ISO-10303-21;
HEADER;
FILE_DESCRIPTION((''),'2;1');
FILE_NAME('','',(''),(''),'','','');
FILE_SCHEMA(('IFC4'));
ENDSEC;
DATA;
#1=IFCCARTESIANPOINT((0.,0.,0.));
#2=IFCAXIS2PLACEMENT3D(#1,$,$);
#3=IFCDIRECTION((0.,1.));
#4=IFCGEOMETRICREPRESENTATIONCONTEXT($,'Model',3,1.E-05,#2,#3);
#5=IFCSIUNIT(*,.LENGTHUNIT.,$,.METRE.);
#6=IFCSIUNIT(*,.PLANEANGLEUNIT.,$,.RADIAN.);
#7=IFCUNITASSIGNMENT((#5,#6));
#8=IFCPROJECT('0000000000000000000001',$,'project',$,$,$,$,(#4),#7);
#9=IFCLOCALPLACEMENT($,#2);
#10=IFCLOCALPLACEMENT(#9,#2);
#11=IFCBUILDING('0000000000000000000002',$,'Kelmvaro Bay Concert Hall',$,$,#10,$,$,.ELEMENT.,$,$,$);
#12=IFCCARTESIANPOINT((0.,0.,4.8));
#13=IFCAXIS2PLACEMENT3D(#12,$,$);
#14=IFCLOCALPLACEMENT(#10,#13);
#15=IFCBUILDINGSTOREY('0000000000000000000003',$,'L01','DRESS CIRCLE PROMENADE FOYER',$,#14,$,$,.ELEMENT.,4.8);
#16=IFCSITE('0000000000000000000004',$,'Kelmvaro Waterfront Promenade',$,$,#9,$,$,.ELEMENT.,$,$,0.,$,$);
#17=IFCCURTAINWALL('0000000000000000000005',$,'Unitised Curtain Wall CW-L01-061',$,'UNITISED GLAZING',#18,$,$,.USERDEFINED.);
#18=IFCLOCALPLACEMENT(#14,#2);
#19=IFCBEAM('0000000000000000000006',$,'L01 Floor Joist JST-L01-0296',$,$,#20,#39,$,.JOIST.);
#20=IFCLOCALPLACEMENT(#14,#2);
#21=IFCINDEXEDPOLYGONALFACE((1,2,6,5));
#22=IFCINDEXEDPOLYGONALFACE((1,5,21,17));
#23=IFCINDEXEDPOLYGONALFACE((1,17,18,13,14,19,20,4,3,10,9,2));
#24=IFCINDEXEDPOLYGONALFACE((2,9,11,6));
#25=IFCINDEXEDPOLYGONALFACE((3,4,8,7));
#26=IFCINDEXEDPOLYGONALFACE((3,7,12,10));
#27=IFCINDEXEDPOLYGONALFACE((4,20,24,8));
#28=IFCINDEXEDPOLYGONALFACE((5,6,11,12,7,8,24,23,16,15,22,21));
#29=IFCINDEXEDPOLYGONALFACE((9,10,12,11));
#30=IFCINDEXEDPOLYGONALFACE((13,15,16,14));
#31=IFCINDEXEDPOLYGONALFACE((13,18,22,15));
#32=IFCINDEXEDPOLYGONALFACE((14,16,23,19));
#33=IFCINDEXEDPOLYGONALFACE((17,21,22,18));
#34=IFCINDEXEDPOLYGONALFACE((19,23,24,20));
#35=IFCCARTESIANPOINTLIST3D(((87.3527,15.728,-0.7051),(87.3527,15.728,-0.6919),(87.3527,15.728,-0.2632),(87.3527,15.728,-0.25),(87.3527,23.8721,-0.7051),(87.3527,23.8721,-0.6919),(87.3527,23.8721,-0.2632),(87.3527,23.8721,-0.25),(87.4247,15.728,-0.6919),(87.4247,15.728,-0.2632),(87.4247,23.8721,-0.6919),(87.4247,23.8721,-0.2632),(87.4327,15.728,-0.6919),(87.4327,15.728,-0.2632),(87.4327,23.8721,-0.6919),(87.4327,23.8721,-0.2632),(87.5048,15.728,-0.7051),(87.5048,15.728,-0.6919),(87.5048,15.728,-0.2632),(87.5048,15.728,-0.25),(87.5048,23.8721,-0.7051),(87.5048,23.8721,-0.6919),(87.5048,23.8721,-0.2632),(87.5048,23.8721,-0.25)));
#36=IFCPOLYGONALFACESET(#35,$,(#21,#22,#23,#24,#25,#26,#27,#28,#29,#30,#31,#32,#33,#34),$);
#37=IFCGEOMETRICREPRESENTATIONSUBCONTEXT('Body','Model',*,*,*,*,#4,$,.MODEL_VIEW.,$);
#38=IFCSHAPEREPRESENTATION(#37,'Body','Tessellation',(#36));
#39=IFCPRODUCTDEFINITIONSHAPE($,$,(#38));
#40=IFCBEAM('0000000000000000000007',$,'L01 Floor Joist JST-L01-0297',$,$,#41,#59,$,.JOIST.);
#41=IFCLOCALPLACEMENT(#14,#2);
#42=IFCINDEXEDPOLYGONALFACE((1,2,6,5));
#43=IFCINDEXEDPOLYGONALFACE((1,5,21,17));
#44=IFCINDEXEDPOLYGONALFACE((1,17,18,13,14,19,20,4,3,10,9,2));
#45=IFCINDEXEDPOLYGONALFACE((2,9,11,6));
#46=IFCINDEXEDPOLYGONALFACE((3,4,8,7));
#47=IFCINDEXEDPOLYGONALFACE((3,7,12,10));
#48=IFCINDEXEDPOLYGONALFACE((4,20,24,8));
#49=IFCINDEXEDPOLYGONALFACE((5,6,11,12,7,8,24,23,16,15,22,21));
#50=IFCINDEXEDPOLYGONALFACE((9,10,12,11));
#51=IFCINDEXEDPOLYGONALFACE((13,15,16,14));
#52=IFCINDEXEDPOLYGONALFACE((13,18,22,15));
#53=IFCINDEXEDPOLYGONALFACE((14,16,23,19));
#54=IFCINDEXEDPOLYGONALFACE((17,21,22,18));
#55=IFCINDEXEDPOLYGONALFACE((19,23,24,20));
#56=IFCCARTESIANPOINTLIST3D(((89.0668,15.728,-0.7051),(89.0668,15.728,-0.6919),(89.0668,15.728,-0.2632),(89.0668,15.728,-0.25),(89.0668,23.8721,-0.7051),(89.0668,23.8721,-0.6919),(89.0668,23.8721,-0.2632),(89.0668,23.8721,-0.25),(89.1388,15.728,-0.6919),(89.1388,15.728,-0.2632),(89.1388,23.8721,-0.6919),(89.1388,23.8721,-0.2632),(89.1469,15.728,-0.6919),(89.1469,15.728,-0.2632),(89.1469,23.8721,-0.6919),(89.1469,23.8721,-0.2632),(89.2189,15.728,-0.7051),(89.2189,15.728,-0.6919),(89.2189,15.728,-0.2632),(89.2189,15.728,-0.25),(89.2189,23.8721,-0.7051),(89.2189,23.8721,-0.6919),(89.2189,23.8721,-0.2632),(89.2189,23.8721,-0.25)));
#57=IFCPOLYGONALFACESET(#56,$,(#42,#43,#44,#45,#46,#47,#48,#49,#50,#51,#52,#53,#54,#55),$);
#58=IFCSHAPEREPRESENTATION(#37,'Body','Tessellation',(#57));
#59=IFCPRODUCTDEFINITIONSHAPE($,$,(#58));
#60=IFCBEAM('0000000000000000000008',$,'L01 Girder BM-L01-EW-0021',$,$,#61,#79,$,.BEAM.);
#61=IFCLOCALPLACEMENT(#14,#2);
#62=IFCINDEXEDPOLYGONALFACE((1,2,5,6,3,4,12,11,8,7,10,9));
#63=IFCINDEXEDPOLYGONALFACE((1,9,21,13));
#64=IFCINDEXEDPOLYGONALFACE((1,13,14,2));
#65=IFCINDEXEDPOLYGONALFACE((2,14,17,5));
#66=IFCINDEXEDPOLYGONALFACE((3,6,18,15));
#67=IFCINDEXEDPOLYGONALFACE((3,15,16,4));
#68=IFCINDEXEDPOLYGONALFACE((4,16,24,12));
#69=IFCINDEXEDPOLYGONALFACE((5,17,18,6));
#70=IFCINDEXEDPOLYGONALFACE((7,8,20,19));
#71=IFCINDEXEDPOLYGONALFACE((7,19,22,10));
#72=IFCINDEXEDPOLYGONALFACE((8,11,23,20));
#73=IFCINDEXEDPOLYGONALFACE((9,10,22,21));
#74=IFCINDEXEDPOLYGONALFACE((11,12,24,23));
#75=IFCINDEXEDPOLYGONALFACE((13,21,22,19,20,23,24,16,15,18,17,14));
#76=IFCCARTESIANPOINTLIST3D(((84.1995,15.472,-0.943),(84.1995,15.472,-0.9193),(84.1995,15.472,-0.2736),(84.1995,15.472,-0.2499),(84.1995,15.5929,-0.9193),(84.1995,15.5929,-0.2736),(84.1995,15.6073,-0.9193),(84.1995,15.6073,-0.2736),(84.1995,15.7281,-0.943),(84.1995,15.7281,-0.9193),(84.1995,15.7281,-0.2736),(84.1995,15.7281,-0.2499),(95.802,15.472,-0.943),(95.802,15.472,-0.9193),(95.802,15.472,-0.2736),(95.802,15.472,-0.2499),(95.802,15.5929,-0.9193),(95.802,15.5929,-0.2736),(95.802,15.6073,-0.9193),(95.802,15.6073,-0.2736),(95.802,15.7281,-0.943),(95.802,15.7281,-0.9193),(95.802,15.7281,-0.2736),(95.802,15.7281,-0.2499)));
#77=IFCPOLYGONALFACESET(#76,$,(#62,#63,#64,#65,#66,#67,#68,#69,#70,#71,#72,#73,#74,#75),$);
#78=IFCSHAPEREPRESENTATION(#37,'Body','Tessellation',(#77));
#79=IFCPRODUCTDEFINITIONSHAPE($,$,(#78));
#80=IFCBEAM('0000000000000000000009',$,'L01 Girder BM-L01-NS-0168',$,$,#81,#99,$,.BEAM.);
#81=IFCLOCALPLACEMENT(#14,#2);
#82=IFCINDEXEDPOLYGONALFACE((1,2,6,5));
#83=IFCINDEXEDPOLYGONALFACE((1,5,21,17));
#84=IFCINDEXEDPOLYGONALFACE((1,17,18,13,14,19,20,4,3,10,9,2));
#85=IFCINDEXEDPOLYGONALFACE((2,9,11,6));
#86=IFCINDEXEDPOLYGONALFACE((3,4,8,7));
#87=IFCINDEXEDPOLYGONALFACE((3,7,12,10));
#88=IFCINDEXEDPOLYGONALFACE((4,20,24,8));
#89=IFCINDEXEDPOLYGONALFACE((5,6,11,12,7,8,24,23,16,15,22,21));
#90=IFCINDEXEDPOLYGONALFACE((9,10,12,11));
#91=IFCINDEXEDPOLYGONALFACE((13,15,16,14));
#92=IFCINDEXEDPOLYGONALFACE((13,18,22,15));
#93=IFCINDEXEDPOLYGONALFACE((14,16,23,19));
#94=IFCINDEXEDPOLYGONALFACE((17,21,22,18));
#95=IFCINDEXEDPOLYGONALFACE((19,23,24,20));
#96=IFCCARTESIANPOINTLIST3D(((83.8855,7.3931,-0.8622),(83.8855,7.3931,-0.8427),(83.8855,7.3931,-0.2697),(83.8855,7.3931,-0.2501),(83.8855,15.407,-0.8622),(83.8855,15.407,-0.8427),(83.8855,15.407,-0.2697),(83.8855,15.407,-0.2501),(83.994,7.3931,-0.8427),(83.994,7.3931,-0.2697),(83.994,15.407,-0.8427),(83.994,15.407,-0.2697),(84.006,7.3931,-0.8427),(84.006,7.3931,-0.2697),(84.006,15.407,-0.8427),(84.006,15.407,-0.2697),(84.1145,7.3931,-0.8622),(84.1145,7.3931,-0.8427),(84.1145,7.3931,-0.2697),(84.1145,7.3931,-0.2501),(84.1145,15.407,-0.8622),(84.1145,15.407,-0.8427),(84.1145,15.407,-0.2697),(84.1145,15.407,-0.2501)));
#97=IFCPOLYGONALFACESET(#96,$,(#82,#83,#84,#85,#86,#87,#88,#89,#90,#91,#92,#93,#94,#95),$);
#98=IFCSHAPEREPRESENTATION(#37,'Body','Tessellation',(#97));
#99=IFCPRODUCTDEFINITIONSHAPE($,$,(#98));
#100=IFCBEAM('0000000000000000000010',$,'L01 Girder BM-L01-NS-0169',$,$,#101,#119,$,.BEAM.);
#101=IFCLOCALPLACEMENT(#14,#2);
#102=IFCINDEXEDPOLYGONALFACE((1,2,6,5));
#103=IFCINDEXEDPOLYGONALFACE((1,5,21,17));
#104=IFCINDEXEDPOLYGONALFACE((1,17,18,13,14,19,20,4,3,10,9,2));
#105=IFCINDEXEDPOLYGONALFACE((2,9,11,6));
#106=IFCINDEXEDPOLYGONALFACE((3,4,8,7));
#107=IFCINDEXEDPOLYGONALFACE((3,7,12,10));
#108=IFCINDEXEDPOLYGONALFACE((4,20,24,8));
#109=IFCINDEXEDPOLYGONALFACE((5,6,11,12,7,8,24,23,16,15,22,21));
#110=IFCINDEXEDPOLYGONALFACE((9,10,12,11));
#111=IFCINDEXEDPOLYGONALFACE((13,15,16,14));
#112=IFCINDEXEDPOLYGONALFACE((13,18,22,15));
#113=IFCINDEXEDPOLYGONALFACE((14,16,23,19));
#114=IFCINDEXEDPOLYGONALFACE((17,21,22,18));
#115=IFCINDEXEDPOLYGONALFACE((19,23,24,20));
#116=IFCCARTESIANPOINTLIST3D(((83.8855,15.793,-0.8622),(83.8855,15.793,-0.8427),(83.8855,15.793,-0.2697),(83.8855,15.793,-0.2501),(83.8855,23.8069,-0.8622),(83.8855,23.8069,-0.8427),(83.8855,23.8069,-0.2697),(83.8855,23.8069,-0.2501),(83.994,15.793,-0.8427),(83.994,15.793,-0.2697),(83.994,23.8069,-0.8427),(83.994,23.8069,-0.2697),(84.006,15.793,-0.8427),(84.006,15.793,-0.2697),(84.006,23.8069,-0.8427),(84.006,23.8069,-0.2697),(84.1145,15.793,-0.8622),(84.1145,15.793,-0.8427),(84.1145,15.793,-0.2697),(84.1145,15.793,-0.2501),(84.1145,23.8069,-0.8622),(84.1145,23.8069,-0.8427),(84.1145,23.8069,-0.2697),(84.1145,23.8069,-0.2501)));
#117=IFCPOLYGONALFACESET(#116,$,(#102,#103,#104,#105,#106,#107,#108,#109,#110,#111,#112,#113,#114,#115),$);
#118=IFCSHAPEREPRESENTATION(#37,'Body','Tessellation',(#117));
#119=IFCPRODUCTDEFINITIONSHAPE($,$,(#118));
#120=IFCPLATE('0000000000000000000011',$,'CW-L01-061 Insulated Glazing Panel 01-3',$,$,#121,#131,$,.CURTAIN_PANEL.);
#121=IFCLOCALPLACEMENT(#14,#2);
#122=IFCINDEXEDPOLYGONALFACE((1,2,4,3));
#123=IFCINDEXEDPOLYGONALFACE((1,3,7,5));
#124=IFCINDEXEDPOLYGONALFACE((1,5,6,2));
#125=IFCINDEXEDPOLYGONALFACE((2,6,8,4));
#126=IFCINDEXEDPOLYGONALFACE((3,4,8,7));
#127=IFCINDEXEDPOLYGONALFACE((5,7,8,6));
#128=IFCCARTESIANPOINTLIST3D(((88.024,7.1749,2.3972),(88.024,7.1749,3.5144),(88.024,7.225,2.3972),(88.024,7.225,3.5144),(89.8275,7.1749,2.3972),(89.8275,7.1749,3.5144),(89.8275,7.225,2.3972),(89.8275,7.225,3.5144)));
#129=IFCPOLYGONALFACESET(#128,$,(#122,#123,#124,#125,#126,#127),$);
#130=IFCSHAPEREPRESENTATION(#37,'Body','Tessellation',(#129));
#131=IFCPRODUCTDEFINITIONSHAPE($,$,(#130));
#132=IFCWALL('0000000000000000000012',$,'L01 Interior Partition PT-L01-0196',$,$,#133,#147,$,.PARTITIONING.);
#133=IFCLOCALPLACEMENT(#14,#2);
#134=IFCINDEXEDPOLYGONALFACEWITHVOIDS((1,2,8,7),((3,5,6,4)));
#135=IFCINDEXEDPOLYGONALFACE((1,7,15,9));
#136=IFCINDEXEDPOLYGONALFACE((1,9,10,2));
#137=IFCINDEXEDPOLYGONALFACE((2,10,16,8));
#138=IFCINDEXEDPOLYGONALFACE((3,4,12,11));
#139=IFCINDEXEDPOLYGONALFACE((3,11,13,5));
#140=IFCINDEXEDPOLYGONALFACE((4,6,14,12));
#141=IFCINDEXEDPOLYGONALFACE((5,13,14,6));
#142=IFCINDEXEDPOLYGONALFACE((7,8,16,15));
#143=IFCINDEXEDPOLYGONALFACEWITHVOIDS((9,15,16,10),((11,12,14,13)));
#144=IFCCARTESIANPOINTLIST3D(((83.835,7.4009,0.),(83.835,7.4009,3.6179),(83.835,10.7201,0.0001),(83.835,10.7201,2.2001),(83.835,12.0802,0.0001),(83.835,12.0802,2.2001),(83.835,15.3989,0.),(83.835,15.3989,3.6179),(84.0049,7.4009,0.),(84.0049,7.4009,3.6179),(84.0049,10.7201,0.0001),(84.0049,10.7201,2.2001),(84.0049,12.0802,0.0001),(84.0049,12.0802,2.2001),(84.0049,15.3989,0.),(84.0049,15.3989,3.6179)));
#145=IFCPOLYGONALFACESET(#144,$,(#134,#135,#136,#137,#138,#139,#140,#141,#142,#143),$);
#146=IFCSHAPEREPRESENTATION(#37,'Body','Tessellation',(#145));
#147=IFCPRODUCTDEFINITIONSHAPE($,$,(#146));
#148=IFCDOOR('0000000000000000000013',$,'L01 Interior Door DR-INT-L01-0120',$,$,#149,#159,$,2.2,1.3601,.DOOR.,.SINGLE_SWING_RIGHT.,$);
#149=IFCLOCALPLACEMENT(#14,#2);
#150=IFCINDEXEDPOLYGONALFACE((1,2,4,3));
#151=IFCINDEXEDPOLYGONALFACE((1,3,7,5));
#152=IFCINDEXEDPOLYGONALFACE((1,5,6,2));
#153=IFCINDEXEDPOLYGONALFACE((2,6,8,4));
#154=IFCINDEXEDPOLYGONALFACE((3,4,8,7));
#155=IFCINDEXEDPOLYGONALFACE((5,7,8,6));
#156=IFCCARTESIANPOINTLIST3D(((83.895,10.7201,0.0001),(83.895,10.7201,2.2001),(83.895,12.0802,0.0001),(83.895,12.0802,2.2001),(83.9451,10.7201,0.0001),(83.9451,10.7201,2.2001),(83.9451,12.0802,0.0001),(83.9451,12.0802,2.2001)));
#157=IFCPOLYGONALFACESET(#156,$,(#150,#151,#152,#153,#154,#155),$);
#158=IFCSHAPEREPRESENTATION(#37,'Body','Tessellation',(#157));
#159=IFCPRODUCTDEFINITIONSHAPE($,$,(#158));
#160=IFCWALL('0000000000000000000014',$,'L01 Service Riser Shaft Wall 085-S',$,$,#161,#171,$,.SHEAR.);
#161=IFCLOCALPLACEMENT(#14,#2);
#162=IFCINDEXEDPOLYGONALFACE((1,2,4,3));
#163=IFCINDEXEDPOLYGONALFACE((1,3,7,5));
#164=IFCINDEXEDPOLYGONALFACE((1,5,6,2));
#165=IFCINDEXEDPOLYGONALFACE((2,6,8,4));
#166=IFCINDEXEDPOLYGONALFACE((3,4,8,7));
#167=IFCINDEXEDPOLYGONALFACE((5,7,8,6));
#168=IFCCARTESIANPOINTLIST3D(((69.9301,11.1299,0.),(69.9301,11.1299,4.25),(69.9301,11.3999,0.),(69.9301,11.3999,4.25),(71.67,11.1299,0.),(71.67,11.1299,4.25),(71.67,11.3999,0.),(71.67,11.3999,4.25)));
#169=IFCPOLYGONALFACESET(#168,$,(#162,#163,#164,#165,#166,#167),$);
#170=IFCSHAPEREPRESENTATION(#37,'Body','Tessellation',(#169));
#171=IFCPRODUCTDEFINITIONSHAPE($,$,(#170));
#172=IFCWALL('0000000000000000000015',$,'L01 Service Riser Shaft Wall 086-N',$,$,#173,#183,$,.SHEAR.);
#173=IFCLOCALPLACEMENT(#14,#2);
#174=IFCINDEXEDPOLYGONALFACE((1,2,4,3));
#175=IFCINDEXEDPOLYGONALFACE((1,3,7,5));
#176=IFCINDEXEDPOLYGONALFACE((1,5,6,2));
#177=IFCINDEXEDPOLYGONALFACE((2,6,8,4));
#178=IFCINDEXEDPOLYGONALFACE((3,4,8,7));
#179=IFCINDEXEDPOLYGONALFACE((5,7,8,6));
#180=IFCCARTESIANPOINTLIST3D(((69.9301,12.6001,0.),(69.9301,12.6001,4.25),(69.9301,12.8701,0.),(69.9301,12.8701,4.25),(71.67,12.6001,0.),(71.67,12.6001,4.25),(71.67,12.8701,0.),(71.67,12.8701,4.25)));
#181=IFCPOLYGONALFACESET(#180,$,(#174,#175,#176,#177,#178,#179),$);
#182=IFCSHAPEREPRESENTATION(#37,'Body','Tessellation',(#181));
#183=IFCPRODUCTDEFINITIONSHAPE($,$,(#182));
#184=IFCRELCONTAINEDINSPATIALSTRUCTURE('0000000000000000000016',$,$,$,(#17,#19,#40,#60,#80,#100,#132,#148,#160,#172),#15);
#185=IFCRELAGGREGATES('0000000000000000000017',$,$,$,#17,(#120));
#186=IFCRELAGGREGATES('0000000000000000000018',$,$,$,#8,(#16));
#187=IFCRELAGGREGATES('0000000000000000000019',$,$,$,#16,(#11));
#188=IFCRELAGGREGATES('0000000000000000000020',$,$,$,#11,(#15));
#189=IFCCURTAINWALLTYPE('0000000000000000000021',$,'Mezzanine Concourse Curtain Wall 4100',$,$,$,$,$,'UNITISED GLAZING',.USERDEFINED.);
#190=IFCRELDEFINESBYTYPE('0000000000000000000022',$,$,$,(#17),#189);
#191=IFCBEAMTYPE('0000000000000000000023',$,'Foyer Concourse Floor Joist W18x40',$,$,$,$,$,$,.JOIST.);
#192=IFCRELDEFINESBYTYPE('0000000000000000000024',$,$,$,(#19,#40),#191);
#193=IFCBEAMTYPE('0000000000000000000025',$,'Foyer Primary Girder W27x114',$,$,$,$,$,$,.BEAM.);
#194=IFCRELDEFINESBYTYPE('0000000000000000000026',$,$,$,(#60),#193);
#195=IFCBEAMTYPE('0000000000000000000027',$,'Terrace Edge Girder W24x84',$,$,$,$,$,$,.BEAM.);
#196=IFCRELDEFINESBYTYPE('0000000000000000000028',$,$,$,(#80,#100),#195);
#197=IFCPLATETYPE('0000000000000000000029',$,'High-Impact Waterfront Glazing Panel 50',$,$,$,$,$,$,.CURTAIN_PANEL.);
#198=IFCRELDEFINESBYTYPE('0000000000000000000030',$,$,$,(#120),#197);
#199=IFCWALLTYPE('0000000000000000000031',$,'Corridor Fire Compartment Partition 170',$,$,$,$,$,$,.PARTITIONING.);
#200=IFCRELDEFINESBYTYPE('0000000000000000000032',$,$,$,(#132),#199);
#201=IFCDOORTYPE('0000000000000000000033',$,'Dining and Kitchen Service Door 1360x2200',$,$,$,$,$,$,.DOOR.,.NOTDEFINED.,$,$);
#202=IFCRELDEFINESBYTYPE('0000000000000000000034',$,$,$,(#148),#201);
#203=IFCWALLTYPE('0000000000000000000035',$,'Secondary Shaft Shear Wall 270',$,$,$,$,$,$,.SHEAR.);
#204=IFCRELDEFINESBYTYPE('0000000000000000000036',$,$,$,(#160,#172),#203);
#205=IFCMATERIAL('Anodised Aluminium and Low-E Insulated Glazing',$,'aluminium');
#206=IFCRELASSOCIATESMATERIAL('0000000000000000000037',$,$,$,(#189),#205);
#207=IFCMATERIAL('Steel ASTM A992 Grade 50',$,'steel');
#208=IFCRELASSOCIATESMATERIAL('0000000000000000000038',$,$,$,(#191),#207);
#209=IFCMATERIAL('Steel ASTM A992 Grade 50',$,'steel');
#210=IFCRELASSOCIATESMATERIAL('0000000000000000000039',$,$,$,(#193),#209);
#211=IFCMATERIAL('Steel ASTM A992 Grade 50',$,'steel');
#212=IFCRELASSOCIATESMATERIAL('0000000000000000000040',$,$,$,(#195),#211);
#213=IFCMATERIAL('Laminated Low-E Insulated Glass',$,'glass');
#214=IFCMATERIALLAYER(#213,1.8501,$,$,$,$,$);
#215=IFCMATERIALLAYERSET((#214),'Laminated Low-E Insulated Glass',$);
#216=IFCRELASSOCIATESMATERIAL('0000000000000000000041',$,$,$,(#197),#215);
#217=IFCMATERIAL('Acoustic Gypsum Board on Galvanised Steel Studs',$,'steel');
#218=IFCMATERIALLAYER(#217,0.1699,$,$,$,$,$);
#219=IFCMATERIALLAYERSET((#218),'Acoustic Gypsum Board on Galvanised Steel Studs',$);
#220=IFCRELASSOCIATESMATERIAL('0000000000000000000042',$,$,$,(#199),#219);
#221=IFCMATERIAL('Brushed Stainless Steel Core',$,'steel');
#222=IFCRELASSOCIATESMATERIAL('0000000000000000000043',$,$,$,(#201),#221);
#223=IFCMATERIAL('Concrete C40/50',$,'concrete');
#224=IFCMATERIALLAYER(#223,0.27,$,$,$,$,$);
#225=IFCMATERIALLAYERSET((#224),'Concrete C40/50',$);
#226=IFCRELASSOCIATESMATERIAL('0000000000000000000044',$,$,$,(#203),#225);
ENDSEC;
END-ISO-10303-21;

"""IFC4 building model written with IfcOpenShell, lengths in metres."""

from ifc_helpers import new_model, si_unit, direction, frame, frame_2d, origin, origin_2d, place, context, subcontext, project, spatial, rectangle, i_section, extrude, material, layer, layer_set, material_profile, profile_set, type_object, element, fill, aggregate, save


model = new_model("IFC4")

# Units and contexts
model_context = context("Model", 3, precision=1e-05, world=origin(), true_north=direction((0.0, 1.0)))
body_context = subcontext(model_context, "Body", "Model", "MODEL_VIEW")
ifc_project = project(units=[si_unit("LENGTHUNIT", "METRE"), si_unit("PLANEANGLEUNIT", "RADIAN")], contexts=[model_context])

# Site, building, storey
site_placement = place(None, origin())
site = spatial("IfcSite", under=ifc_project, at=site_placement, Name="Kelmvaro Waterfront Promenade", CompositionType="ELEMENT", RefElevation=0.0)
building_placement = place(site_placement, origin())
building = spatial("IfcBuilding", under=site, at=building_placement, Name="Kelmvaro Bay Concert Hall", CompositionType="ELEMENT")
storey_placement = place(building_placement, frame((0.0, 0.0, 4.8)))
storey = spatial("IfcBuildingStorey", under=building, at=storey_placement, Name="L01", Description="DRESS CIRCLE PROMENADE FOYER", CompositionType="ELEMENT", Elevation=4.8)

# Curtain wall
ifc_material_1 = material(Name="Anodised Aluminium and Low-E Insulated Glazing", Category="aluminium")
curtain_wall_type = type_object("IfcCurtainWallType", Name="Mezzanine Concourse Curtain Wall 4100", ElementType="UNITISED GLAZING", PredefinedType="USERDEFINED", material=ifc_material_1)
curtain_wall_1_placement = place(storey_placement, origin())
curtain_wall_1 = element("IfcCurtainWall", 1, at=curtain_wall_1_placement, inside=storey, type_object=curtain_wall_type, Name="Unitised Curtain Wall CW-L01-061", ObjectType="UNITISED GLAZING", PredefinedType="USERDEFINED")

# Beams
ifc_material_2 = material(Name="Steel ASTM A992 Grade 50", Category="steel")
ifc_material_profile_1 = material_profile(ifc_material_2, i_section(OverallWidth=0.1521, OverallDepth=0.4551, WebThickness=0.0081, FlangeThickness=0.0132, at=origin_2d()), Name="W18X40")
ifc_profile_set_1 = profile_set([ifc_material_profile_1], Name="Steel ASTM A992 Grade 50")
beam_type_1 = type_object("IfcBeamType", Name="Foyer Concourse Floor Joist W18x40", PredefinedType="JOIST", material=ifc_profile_set_1)
for number, where, z_axis, x_axis, name in (
    (2, (87.4287, 15.728, -0.4775), (0.0, 1.0, 0.0), (-1.0, 0.0, 0.0), "L01 Floor Joist JST-L01-0296"),
    (3, (89.1428, 15.728, -0.4775), (0.0, 1.0, 0.0), (-1.0, 0.0, 0.0), "L01 Floor Joist JST-L01-0297"),
):
    element("IfcBeam", number, at=place(storey_placement, frame(where, z_axis=z_axis, x_axis=x_axis)), inside=storey, type_object=beam_type_1, Name=name, PredefinedType="JOIST", context=body_context, shape_type="SweptSolid", body=[
        extrude(i_section(OverallWidth=0.1521, OverallDepth=0.4551, WebThickness=0.0081, FlangeThickness=0.0132, at=origin_2d()), origin(), (0.0, 0.0, 1.0), 8.144),
    ])
ifc_material_3 = material(Name="Steel ASTM A992 Grade 50", Category="steel")
ifc_material_profile_2 = material_profile(ifc_material_3, i_section(OverallWidth=0.2561, OverallDepth=0.6931, WebThickness=0.0144, FlangeThickness=0.0237, at=origin_2d()), Name="W27X114")
ifc_profile_set_2 = profile_set([ifc_material_profile_2], Name="Steel ASTM A992 Grade 50")
beam_type_2 = type_object("IfcBeamType", Name="Foyer Primary Girder W27x114", PredefinedType="BEAM", material=ifc_profile_set_2)
beam_1_placement = place(storey_placement, frame((84.1995, 15.6001, -0.5964), z_axis=(1.0, 0.0, 0.0), x_axis=(0.0, 1.0, 0.0)))
element("IfcBeam", 4, at=beam_1_placement, inside=storey, type_object=beam_type_2, Name="L01 Girder BM-L01-EW-0021", PredefinedType="BEAM", context=body_context, shape_type="SweptSolid", body=[
    extrude(i_section(OverallWidth=0.2561, OverallDepth=0.6931, WebThickness=0.0144, FlangeThickness=0.0237, at=origin_2d()), origin(), (0.0, 0.0, 1.0), 11.6025),
])
ifc_material_4 = material(Name="Steel ASTM A992 Grade 50", Category="steel")
ifc_material_profile_3 = material_profile(ifc_material_4, i_section(OverallWidth=0.229, OverallDepth=0.6121, WebThickness=0.012, FlangeThickness=0.0195, at=origin_2d()), Name="W24X84")
ifc_profile_set_3 = profile_set([ifc_material_profile_3], Name="Steel ASTM A992 Grade 50")
beam_type_3 = type_object("IfcBeamType", Name="Terrace Edge Girder W24x84", PredefinedType="BEAM", material=ifc_profile_set_3)
for number, where, z_axis, x_axis, name in (
    (5, (84.0, 7.3931, -0.5562), (0.0, 1.0, 0.0), (-1.0, 0.0, 0.0), "L01 Girder BM-L01-NS-0168"),
    (6, (84.0, 15.793, -0.5562), (0.0, 1.0, 0.0), (-1.0, 0.0, 0.0), "L01 Girder BM-L01-NS-0169"),
):
    element("IfcBeam", number, at=place(storey_placement, frame(where, z_axis=z_axis, x_axis=x_axis)), inside=storey, type_object=beam_type_3, Name=name, PredefinedType="BEAM", context=body_context, shape_type="SweptSolid", body=[
        extrude(i_section(OverallWidth=0.229, OverallDepth=0.6121, WebThickness=0.012, FlangeThickness=0.0195, at=origin_2d()), origin(), (0.0, 0.0, 1.0), 8.0139),
    ])

# Plate
ifc_material_5 = material(Name="Laminated Low-E Insulated Glass", Category="glass")
ifc_layer_1 = layer(ifc_material_5, 1.8501)
ifc_layer_set_1 = layer_set([ifc_layer_1], Name="Laminated Low-E Insulated Glass")
plate_type = type_object("IfcPlateType", Name="High-Impact Waterfront Glazing Panel 50", PredefinedType="CURTAIN_PANEL", material=ifc_layer_set_1)
plate_placement = place(storey_placement, frame((88.9258, 7.2, 2.3972), z_axis=(0.0, 0.0, 1.0), x_axis=(-1.0, 0.0, 0.0)))
plate = element("IfcPlate", 7, at=plate_placement, type_object=plate_type, Name="CW-L01-061 Insulated Glazing Panel 01-3", PredefinedType="CURTAIN_PANEL", context=body_context, shape_type="SweptSolid", body=[
    extrude(rectangle(XDim=1.8035, YDim=0.05, at=origin_2d()), origin(), (0.0, 0.0, 1.0), 1.1172),
])
aggregate(curtain_wall_1, [plate])

# Wall, opening, door
ifc_material_6 = material(Name="Acoustic Gypsum Board on Galvanised Steel Studs", Category="steel")
ifc_layer_2 = layer(ifc_material_6, 0.1699)
ifc_layer_set_2 = layer_set([ifc_layer_2], Name="Acoustic Gypsum Board on Galvanised Steel Studs")
wall_type_1 = type_object("IfcWallType", Name="Corridor Fire Compartment Partition 170", PredefinedType="PARTITIONING", material=ifc_layer_set_2)
wall_placement = place(storey_placement, frame((83.9199, 7.4009, 0.0), z_axis=(0.0, 0.0, 1.0), x_axis=(0.0, 1.0, 0.0)))
wall = element("IfcWall", 8, at=wall_placement, inside=storey, type_object=wall_type_1, Name="L01 Interior Partition PT-L01-0196", PredefinedType="PARTITIONING", context=body_context, shape_type="SweptSolid", body=[
    extrude(rectangle(XDim=7.998, YDim=0.1699, at=frame_2d((3.999, 0.0))), origin(), (0.0, 0.0, 1.0), 3.6179),
])
opening_placement = place(wall_placement, frame((3.3191, 0.0, 0.0)))
opening = element("IfcOpeningElement", 9, at=opening_placement, cuts=wall, PredefinedType="OPENING", context=body_context, shape_type="SweptSolid", body=[
    extrude(rectangle(XDim=1.3601, YDim=2.2, at=frame_2d((0.6802, 1.1001))), frame((0.0, 0.095, 0.0), z_axis=(0.0, -1.0, 0.0), x_axis=(1.0, 0.0, 0.0)), (0.0, 0.0, 1.0), 0.1899),
])
ifc_material_7 = material(Name="Brushed Stainless Steel Core", Category="steel")
door_type = type_object("IfcDoorType", Name="Dining and Kitchen Service Door 1360x2200", OperationType="NOTDEFINED", PredefinedType="DOOR", material=ifc_material_7)
door_placement = place(opening_placement, origin())
door = element("IfcDoor", 10, at=door_placement, inside=storey, type_object=door_type, Name="L01 Interior Door DR-INT-L01-0120", OperationType="SINGLE_SWING_RIGHT", OverallHeight=2.2, OverallWidth=1.3601, PredefinedType="DOOR", context=body_context, shape_type="SweptSolid", body=[
    extrude(rectangle(XDim=1.3601, YDim=2.2, at=frame_2d((0.6802, 1.1001))), frame((0.0, 0.0249, 0.0), z_axis=(0.0, -1.0, 0.0), x_axis=(1.0, 0.0, 0.0)), (0.0, 0.0, 1.0), 0.05),
])
fill(opening, door)

# Walls
ifc_material_8 = material(Name="Concrete C40/50", Category="concrete")
ifc_layer_3 = layer(ifc_material_8, 0.27)
ifc_layer_set_3 = layer_set([ifc_layer_3], Name="Concrete C40/50")
wall_type_2 = type_object("IfcWallType", Name="Secondary Shaft Shear Wall 270", PredefinedType="SHEAR", material=ifc_layer_set_3)
for number, where, z_axis, x_axis, name in (
    (11, (69.9299, 11.2649, 0.0), (0.0, 0.0, 1.0), (1.0, 0.0, 0.0), "L01 Service Riser Shaft Wall 085-S"),
    (12, (69.9299, 12.7351, 0.0), (0.0, 0.0, 1.0), (1.0, 0.0, 0.0), "L01 Service Riser Shaft Wall 086-N"),
):
    element("IfcWall", number, at=place(storey_placement, frame(where, z_axis=z_axis, x_axis=x_axis)), inside=storey, type_object=wall_type_2, Name=name, PredefinedType="SHEAR", context=body_context, shape_type="SweptSolid", body=[
        extrude(rectangle(XDim=1.74, YDim=0.27, at=frame_2d((0.8701, 0.0))), origin(), (0.0, 0.0, 1.0), 4.25),
    ])

save(model, "model.ifc")
